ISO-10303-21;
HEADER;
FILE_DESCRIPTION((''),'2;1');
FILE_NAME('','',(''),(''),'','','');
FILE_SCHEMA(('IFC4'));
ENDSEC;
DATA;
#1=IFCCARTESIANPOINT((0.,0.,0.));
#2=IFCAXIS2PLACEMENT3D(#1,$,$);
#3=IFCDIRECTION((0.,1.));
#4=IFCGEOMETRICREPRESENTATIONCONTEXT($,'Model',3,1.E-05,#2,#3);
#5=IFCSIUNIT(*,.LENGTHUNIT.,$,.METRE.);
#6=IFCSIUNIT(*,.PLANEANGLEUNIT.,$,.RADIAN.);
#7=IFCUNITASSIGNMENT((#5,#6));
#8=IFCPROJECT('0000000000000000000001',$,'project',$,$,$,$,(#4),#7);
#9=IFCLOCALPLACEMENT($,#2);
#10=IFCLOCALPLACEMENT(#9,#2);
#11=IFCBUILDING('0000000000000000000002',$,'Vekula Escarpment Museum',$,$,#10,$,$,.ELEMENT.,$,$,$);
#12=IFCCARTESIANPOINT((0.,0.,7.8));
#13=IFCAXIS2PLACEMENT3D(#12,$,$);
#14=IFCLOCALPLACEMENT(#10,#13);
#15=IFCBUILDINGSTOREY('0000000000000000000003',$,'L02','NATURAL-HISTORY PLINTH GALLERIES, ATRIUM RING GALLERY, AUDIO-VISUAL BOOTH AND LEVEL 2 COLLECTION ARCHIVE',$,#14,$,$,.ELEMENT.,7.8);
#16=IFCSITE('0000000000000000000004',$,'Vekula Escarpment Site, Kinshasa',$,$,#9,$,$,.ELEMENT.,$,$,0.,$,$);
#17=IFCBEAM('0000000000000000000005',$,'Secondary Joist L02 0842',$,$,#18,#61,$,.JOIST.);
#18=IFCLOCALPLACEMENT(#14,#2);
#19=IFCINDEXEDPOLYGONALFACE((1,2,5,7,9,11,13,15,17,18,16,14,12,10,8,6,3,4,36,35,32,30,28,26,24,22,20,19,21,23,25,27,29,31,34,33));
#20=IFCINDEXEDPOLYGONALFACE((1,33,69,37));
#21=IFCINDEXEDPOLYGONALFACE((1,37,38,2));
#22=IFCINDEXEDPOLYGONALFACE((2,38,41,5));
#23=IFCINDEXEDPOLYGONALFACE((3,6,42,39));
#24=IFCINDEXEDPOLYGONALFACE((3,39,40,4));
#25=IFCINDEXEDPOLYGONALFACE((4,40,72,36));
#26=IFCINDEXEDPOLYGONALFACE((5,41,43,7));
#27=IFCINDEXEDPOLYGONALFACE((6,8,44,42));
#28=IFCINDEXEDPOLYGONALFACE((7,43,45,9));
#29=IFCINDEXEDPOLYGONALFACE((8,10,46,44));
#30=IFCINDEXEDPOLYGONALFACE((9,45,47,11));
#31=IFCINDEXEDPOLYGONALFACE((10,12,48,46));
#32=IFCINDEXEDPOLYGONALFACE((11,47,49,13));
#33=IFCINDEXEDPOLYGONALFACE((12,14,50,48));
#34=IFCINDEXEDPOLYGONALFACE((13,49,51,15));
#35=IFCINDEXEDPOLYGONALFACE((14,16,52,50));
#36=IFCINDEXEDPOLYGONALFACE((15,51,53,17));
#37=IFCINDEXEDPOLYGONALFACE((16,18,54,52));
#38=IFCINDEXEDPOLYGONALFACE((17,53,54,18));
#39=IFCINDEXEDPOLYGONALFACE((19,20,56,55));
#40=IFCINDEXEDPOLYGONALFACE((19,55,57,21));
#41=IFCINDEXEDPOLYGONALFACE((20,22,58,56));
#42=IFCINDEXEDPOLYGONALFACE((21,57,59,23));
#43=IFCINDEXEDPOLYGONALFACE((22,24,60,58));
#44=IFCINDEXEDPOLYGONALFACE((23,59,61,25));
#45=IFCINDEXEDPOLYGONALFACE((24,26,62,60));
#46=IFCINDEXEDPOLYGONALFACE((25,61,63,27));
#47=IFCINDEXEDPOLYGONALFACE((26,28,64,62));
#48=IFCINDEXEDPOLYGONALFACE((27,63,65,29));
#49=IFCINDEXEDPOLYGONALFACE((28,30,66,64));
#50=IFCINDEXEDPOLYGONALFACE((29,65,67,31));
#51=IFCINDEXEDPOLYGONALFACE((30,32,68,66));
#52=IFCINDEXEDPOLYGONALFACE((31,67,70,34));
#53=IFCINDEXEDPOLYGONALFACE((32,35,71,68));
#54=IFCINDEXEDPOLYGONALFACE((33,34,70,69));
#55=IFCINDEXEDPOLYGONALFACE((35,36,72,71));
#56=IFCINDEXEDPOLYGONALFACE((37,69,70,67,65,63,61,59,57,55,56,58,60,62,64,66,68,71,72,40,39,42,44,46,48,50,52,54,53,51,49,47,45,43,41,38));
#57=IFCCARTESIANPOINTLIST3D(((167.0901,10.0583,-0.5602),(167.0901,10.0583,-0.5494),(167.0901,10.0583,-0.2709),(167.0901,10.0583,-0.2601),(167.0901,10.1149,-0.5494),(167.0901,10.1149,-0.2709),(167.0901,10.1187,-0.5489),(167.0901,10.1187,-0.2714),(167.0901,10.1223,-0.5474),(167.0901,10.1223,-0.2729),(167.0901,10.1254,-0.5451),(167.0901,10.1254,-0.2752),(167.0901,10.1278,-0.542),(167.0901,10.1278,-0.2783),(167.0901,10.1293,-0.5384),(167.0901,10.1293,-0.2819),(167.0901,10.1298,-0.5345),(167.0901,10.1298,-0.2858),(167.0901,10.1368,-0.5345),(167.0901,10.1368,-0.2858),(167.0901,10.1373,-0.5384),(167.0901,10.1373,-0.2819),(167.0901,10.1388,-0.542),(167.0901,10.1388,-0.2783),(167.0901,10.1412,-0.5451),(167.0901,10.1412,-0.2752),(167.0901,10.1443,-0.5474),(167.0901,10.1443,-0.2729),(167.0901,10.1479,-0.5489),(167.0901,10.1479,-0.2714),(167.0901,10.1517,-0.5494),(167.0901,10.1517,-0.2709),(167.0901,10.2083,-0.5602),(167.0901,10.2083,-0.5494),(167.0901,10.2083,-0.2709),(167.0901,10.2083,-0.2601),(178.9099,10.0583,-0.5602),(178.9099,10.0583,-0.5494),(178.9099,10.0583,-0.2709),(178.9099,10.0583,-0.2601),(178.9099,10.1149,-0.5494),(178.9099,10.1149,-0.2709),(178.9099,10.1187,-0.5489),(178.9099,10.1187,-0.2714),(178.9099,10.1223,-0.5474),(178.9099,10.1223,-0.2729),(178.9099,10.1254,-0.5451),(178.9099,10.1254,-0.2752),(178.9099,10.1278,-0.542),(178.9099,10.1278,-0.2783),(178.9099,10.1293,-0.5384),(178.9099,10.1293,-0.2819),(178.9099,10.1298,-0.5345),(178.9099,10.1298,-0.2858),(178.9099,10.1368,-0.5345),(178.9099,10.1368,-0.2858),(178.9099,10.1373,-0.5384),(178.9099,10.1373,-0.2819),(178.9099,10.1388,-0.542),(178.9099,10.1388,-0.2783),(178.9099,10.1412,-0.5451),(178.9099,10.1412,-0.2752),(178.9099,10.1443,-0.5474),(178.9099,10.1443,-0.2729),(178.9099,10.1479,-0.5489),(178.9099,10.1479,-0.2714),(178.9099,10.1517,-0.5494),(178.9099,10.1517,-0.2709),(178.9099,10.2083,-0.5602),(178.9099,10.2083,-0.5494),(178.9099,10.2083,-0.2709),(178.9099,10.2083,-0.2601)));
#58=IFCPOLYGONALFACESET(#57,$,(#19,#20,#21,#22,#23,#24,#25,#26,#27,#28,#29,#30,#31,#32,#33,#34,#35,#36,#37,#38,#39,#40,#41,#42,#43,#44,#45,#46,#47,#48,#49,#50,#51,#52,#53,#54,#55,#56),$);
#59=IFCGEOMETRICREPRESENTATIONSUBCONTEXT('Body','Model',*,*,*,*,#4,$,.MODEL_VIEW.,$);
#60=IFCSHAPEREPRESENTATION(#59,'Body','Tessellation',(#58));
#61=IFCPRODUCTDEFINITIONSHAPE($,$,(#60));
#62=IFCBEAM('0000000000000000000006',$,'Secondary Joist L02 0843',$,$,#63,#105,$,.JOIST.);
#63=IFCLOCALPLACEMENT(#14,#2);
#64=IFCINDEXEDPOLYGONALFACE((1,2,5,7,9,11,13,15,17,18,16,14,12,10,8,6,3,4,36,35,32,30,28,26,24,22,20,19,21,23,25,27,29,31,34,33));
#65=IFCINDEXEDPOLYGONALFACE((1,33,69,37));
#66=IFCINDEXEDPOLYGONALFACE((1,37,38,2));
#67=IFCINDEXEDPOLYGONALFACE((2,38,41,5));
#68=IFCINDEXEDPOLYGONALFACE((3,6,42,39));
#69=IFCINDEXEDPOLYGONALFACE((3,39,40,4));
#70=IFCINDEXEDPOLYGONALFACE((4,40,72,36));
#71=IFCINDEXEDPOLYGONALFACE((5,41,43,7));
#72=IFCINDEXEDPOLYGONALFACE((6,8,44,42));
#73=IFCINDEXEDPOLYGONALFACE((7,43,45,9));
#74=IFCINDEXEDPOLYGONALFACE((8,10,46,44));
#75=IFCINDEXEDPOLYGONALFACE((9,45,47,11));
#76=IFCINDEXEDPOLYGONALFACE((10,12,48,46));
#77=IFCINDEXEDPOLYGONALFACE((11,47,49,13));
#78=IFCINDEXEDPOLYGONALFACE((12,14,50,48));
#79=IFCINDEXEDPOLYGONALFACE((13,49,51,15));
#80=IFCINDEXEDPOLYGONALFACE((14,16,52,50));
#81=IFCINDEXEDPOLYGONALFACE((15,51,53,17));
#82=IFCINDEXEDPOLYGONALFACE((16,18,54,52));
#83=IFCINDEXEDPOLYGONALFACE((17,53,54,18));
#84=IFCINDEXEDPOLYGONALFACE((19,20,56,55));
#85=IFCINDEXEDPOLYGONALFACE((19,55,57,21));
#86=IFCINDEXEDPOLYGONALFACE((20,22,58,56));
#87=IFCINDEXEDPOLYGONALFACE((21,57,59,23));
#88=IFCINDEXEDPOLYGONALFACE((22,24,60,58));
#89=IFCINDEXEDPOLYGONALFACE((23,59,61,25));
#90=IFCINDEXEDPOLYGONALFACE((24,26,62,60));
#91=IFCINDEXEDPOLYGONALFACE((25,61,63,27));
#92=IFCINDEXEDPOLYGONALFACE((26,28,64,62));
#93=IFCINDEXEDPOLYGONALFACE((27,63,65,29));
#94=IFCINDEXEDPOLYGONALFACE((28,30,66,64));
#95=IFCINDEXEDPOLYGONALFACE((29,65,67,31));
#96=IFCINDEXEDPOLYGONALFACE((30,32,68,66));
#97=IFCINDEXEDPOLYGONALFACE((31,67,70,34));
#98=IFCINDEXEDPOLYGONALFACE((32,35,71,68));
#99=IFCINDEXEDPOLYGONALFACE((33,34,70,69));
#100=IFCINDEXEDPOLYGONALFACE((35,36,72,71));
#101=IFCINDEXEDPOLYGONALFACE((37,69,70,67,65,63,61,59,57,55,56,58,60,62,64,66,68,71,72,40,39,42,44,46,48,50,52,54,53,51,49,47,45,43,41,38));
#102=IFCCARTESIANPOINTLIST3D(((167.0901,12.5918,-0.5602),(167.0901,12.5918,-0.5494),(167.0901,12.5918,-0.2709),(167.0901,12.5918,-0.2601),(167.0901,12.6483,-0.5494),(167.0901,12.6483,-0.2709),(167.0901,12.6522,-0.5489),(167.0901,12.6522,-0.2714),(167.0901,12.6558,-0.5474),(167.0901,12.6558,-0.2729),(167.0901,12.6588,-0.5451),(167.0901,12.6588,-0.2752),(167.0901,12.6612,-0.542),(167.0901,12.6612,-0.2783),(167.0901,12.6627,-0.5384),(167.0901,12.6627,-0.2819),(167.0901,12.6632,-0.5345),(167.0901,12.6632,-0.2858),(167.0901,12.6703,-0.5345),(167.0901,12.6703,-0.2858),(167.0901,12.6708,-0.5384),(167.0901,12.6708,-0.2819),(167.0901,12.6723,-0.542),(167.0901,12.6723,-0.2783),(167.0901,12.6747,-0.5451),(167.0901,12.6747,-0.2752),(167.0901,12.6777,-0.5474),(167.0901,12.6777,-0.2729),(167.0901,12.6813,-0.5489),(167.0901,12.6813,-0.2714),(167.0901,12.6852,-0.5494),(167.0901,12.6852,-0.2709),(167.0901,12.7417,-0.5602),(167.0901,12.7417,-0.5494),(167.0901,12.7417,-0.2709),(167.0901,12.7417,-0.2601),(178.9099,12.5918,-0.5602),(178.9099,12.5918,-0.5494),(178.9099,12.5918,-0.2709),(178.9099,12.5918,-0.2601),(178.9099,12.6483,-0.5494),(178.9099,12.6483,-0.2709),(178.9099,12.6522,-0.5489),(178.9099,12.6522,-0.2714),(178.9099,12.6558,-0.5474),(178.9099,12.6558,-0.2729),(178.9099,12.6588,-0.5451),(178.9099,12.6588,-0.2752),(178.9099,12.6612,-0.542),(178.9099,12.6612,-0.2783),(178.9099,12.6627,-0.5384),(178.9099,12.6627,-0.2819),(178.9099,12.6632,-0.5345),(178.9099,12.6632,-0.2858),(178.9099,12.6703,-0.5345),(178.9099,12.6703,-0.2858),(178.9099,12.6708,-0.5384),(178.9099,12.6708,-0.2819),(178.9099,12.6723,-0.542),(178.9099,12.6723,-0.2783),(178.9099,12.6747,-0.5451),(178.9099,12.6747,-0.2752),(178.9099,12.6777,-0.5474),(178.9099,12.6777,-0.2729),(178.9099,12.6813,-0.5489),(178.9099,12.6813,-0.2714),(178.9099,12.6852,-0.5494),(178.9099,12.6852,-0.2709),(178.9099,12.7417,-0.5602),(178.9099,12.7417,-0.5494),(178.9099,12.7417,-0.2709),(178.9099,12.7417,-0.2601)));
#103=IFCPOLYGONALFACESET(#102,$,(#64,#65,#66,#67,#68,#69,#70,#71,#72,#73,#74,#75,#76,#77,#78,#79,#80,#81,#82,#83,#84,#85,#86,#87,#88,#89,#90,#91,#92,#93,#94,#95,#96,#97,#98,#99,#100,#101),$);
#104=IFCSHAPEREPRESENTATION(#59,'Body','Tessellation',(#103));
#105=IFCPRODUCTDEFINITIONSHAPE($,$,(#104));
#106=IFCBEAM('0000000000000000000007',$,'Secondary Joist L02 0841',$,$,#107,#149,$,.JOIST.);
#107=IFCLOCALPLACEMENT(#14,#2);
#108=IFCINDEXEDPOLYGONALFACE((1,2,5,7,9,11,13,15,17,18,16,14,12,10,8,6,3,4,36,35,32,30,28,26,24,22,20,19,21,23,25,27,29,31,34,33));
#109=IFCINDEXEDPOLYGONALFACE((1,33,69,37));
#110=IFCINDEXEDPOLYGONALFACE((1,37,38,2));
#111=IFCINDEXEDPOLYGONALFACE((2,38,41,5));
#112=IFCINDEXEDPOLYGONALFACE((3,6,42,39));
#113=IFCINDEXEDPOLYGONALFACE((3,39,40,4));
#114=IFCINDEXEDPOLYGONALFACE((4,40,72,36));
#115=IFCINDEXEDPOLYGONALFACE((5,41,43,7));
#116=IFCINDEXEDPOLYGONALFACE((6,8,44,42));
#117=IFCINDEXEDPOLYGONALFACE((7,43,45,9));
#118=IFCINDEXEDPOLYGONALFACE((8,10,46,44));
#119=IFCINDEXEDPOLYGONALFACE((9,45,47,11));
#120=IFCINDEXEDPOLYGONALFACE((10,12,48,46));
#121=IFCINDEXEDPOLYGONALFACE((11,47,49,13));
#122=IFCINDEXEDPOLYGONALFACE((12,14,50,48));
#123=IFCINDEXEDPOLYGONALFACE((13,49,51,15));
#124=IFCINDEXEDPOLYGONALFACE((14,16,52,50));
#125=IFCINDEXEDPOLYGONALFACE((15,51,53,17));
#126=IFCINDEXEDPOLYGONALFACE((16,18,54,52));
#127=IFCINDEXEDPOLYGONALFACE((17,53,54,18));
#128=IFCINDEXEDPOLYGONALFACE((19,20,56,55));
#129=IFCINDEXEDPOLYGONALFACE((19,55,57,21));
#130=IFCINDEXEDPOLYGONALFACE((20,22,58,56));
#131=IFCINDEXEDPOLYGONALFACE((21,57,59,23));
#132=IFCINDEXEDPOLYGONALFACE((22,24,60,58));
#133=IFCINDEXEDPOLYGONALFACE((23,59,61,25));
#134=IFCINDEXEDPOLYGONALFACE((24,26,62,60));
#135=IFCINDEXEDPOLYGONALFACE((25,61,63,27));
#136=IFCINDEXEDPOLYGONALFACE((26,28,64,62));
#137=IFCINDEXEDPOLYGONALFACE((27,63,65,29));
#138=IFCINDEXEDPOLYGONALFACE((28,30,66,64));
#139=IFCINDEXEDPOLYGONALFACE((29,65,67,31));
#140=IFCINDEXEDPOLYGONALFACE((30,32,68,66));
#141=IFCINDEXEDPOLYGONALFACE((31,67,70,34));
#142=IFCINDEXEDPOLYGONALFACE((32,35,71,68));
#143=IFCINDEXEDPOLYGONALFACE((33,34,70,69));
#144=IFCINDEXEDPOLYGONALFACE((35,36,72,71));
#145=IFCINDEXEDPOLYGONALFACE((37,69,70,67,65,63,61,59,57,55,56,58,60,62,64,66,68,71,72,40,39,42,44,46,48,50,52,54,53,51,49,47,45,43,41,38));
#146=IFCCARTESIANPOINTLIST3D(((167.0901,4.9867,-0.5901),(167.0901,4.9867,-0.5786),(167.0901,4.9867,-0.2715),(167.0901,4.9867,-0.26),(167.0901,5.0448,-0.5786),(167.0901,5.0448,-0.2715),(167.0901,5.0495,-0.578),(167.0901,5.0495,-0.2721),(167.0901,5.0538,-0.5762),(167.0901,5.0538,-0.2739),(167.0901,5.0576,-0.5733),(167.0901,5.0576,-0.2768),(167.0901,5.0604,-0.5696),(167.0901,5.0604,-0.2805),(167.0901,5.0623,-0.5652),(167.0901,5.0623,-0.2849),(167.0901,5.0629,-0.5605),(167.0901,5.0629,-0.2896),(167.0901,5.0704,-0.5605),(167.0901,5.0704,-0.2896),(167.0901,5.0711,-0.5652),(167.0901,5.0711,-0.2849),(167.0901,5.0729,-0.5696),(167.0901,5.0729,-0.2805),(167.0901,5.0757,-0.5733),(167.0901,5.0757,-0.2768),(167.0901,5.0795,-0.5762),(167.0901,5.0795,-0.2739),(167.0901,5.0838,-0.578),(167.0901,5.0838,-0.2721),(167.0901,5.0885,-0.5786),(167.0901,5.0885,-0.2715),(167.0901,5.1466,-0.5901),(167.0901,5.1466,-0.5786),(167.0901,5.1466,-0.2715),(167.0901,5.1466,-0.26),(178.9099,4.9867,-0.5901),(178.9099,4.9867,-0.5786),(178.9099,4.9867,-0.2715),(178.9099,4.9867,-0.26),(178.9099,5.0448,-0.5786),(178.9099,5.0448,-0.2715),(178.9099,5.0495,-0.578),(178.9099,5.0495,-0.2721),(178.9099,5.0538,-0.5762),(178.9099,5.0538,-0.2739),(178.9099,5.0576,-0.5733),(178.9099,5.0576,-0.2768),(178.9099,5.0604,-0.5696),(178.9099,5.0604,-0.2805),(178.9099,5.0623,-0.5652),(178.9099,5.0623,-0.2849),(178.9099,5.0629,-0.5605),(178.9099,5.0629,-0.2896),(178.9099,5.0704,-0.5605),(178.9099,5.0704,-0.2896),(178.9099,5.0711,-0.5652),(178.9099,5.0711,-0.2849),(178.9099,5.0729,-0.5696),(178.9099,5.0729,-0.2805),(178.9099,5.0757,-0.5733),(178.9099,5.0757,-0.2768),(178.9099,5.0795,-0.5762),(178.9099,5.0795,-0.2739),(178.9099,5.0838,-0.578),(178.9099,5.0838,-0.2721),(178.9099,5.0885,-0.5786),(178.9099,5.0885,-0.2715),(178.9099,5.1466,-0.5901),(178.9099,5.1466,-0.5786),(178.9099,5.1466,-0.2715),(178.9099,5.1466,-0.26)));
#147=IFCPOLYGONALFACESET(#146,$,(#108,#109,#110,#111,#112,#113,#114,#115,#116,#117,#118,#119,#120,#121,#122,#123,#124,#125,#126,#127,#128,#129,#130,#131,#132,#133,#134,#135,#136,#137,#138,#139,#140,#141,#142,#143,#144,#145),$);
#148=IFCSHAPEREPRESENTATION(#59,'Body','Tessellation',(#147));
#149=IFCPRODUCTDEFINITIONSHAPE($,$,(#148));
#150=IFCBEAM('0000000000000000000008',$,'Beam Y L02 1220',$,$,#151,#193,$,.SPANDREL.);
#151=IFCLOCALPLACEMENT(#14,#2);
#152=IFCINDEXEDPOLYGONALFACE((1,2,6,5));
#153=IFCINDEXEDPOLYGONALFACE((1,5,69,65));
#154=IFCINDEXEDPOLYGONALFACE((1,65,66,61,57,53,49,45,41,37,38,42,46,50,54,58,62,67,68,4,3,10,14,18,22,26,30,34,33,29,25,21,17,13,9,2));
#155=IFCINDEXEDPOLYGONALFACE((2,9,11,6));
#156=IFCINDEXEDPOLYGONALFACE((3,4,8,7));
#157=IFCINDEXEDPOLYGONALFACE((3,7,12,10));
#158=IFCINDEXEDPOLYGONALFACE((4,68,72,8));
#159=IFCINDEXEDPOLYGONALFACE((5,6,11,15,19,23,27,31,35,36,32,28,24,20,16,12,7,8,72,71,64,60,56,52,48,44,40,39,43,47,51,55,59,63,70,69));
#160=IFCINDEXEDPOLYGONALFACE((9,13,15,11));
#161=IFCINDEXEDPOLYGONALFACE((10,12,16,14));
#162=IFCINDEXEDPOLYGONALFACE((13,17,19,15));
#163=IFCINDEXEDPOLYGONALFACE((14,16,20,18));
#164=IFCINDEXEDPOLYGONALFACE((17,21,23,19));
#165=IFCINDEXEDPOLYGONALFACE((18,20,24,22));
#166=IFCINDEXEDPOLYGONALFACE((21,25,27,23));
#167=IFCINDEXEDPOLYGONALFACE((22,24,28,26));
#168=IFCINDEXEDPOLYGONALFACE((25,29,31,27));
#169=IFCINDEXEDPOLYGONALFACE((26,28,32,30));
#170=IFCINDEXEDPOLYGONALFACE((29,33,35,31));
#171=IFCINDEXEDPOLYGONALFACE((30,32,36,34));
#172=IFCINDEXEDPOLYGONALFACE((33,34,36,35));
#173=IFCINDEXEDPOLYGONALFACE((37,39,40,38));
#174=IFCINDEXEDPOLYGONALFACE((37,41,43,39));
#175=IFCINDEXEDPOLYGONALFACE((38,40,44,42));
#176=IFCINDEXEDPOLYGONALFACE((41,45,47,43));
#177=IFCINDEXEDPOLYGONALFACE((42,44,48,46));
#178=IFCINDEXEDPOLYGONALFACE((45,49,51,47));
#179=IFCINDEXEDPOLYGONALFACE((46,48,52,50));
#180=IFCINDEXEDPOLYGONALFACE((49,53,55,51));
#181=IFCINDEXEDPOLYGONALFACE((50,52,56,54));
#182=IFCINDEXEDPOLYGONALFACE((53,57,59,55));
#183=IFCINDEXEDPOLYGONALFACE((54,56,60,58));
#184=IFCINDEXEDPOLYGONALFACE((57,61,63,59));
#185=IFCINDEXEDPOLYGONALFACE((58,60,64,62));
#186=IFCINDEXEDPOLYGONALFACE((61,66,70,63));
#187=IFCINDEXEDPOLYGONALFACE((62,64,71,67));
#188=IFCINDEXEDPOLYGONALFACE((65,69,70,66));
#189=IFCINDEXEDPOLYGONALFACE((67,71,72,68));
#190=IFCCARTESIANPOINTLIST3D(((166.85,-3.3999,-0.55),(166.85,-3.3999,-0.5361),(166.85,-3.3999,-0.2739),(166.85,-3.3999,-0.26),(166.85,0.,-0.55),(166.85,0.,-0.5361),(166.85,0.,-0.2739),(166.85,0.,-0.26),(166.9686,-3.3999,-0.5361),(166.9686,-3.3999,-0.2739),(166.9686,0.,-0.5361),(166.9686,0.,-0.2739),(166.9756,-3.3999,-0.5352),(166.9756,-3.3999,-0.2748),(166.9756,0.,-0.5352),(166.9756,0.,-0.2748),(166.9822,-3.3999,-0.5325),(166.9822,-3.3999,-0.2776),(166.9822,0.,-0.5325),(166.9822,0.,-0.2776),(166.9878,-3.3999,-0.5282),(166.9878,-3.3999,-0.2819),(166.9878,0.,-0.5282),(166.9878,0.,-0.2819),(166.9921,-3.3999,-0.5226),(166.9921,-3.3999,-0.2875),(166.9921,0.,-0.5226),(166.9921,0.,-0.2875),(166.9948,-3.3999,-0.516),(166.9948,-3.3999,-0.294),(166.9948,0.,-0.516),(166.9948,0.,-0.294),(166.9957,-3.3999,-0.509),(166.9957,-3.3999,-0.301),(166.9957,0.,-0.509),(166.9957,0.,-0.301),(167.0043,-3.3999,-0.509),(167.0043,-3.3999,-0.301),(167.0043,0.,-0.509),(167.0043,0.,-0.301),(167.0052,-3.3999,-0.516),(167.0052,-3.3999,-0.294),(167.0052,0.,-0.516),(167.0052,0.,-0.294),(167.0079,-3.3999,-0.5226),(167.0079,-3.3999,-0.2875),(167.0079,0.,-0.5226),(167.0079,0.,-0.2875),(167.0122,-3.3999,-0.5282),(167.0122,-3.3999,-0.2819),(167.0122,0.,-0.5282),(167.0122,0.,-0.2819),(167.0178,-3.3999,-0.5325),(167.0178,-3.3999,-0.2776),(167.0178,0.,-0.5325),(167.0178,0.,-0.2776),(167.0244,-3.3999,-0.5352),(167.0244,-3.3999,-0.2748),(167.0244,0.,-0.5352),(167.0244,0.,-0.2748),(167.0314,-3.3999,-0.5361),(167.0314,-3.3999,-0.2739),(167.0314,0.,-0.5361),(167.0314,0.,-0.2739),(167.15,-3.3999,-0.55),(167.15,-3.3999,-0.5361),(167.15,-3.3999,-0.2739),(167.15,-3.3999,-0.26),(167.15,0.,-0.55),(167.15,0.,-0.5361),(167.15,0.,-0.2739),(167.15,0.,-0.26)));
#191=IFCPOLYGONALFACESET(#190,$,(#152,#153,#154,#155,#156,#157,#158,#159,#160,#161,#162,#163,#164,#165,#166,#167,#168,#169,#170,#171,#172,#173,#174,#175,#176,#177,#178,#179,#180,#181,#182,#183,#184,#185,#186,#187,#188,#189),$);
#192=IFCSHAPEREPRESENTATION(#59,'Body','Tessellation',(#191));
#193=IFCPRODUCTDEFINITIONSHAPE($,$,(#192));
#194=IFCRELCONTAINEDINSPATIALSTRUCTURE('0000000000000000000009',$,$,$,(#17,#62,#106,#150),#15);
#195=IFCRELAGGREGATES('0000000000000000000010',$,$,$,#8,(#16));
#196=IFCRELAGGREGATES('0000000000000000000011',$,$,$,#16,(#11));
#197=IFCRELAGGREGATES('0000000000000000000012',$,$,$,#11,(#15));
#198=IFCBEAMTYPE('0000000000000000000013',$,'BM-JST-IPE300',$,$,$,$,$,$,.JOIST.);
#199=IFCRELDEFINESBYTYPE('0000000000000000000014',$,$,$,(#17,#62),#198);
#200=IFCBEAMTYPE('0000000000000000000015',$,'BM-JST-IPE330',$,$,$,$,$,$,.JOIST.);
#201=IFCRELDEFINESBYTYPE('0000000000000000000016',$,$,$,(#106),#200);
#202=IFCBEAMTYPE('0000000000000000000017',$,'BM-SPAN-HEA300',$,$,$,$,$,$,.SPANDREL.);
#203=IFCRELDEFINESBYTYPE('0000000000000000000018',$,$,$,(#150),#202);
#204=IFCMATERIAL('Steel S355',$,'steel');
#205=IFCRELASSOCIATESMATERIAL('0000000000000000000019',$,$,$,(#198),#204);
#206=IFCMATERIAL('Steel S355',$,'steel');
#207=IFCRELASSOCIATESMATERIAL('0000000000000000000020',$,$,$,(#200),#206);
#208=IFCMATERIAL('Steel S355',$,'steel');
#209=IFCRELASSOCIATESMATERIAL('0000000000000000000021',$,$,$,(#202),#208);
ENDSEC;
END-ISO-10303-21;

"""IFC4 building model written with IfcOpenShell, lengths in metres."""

from ifc_helpers import new_model, si_unit, direction, frame, origin, origin_2d, place, context, subcontext, project, spatial, i_section, extrude, material, material_profile, profile_set, type_object, element, save


model = new_model("IFC4")

# Units and contexts
model_context = context("Model", 3, precision=1e-05, world=origin(), true_north=direction((0.0, 1.0)))
body_context = subcontext(model_context, "Body", "Model", "MODEL_VIEW")
ifc_project = project(units=[si_unit("LENGTHUNIT", "METRE"), si_unit("PLANEANGLEUNIT", "RADIAN")], contexts=[model_context])

# Site, building, storey
site_placement = place(None, origin())
site = spatial("IfcSite", under=ifc_project, at=site_placement, Name="Vekula Escarpment Site, Kinshasa", CompositionType="ELEMENT", RefElevation=0.0)
building_placement = place(site_placement, origin())
building = spatial("IfcBuilding", under=site, at=building_placement, Name="Vekula Escarpment Museum", CompositionType="ELEMENT")
storey_placement = place(building_placement, frame((0.0, 0.0, 7.8)))
storey = spatial("IfcBuildingStorey", under=building, at=storey_placement, Name="L02", Description="NATURAL-HISTORY PLINTH GALLERIES, ATRIUM RING GALLERY, AUDIO-VISUAL BOOTH AND LEVEL 2 COLLECTION ARCHIVE", CompositionType="ELEMENT", Elevation=7.8)

# Beams
ifc_material_1 = material(Name="Steel S355", Category="steel")
ifc_material_profile_1 = material_profile(ifc_material_1, i_section(OverallWidth=0.1499, OverallDepth=0.3, WebThickness=0.0071, FlangeThickness=0.0107, FilletRadius=0.0149, at=origin_2d()), Name="IPE 300")
ifc_profile_set_1 = profile_set([ifc_material_profile_1], Name="Steel S355")
beam_type_1 = type_object("IfcBeamType", Name="BM-JST-IPE300", PredefinedType="JOIST", material=ifc_profile_set_1)
for number, where, z_axis, x_axis, name in (
    (1, (167.0901, 10.1333, -0.4102), (1.0, 0.0, 0.0), (0.0, 1.0, 0.0), "Secondary Joist L02 0842"),
    (2, (167.0901, 12.6667, -0.4102), (1.0, 0.0, 0.0), (0.0, 1.0, 0.0), "Secondary Joist L02 0843"),
):
    element("IfcBeam", number, at=place(storey_placement, frame(where, z_axis=z_axis, x_axis=x_axis)), inside=storey, type_object=beam_type_1, Name=name, PredefinedType="JOIST", context=body_context, shape_type="SweptSolid", body=[
        extrude(i_section(OverallWidth=0.1499, OverallDepth=0.3, WebThickness=0.0071, FlangeThickness=0.0107, FilletRadius=0.0149, at=origin_2d()), origin(), (0.0, 0.0, 1.0), 11.8198),
    ])
ifc_material_2 = material(Name="Steel S355", Category="steel")
ifc_material_profile_2 = material_profile(ifc_material_2, i_section(OverallWidth=0.1599, OverallDepth=0.3301, WebThickness=0.0076, FlangeThickness=0.0115, FilletRadius=0.0181, at=origin_2d()), Name="IPE 330")
ifc_profile_set_2 = profile_set([ifc_material_profile_2], Name="Steel S355")
beam_type_2 = type_object("IfcBeamType", Name="BM-JST-IPE330", PredefinedType="JOIST", material=ifc_profile_set_2)
beam_1_placement = place(storey_placement, frame((167.0901, 5.0667, -0.425), z_axis=(1.0, 0.0, 0.0), x_axis=(0.0, 1.0, 0.0)))
element("IfcBeam", 3, at=beam_1_placement, inside=storey, type_object=beam_type_2, Name="Secondary Joist L02 0841", PredefinedType="JOIST", context=body_context, shape_type="SweptSolid", body=[
    extrude(i_section(OverallWidth=0.1599, OverallDepth=0.3301, WebThickness=0.0076, FlangeThickness=0.0115, FilletRadius=0.0181, at=origin_2d()), origin(), (0.0, 0.0, 1.0), 11.8198),
])
ifc_material_3 = material(Name="Steel S355", Category="steel")
ifc_material_profile_3 = material_profile(ifc_material_3, i_section(OverallWidth=0.3, OverallDepth=0.29, WebThickness=0.0085, FlangeThickness=0.0139, FilletRadius=0.0271, at=origin_2d()), Name="HEA 300")
ifc_profile_set_3 = profile_set([ifc_material_profile_3], Name="Steel S355")
beam_type_3 = type_object("IfcBeamType", Name="BM-SPAN-HEA300", PredefinedType="SPANDREL", material=ifc_profile_set_3)
beam_2_placement = place(storey_placement, frame((167.0, -3.3999, -0.405), z_axis=(0.0, 1.0, 0.0), x_axis=(-1.0, 0.0, 0.0)))
element("IfcBeam", 4, at=beam_2_placement, inside=storey, type_object=beam_type_3, Name="Beam Y L02 1220", PredefinedType="SPANDREL", context=body_context, shape_type="SweptSolid", body=[
    extrude(i_section(OverallWidth=0.3, OverallDepth=0.29, WebThickness=0.0085, FlangeThickness=0.0139, FilletRadius=0.0271, at=origin_2d()), origin(), (0.0, 0.0, 1.0), 3.3999),
])

save(model, "model.ifc")
